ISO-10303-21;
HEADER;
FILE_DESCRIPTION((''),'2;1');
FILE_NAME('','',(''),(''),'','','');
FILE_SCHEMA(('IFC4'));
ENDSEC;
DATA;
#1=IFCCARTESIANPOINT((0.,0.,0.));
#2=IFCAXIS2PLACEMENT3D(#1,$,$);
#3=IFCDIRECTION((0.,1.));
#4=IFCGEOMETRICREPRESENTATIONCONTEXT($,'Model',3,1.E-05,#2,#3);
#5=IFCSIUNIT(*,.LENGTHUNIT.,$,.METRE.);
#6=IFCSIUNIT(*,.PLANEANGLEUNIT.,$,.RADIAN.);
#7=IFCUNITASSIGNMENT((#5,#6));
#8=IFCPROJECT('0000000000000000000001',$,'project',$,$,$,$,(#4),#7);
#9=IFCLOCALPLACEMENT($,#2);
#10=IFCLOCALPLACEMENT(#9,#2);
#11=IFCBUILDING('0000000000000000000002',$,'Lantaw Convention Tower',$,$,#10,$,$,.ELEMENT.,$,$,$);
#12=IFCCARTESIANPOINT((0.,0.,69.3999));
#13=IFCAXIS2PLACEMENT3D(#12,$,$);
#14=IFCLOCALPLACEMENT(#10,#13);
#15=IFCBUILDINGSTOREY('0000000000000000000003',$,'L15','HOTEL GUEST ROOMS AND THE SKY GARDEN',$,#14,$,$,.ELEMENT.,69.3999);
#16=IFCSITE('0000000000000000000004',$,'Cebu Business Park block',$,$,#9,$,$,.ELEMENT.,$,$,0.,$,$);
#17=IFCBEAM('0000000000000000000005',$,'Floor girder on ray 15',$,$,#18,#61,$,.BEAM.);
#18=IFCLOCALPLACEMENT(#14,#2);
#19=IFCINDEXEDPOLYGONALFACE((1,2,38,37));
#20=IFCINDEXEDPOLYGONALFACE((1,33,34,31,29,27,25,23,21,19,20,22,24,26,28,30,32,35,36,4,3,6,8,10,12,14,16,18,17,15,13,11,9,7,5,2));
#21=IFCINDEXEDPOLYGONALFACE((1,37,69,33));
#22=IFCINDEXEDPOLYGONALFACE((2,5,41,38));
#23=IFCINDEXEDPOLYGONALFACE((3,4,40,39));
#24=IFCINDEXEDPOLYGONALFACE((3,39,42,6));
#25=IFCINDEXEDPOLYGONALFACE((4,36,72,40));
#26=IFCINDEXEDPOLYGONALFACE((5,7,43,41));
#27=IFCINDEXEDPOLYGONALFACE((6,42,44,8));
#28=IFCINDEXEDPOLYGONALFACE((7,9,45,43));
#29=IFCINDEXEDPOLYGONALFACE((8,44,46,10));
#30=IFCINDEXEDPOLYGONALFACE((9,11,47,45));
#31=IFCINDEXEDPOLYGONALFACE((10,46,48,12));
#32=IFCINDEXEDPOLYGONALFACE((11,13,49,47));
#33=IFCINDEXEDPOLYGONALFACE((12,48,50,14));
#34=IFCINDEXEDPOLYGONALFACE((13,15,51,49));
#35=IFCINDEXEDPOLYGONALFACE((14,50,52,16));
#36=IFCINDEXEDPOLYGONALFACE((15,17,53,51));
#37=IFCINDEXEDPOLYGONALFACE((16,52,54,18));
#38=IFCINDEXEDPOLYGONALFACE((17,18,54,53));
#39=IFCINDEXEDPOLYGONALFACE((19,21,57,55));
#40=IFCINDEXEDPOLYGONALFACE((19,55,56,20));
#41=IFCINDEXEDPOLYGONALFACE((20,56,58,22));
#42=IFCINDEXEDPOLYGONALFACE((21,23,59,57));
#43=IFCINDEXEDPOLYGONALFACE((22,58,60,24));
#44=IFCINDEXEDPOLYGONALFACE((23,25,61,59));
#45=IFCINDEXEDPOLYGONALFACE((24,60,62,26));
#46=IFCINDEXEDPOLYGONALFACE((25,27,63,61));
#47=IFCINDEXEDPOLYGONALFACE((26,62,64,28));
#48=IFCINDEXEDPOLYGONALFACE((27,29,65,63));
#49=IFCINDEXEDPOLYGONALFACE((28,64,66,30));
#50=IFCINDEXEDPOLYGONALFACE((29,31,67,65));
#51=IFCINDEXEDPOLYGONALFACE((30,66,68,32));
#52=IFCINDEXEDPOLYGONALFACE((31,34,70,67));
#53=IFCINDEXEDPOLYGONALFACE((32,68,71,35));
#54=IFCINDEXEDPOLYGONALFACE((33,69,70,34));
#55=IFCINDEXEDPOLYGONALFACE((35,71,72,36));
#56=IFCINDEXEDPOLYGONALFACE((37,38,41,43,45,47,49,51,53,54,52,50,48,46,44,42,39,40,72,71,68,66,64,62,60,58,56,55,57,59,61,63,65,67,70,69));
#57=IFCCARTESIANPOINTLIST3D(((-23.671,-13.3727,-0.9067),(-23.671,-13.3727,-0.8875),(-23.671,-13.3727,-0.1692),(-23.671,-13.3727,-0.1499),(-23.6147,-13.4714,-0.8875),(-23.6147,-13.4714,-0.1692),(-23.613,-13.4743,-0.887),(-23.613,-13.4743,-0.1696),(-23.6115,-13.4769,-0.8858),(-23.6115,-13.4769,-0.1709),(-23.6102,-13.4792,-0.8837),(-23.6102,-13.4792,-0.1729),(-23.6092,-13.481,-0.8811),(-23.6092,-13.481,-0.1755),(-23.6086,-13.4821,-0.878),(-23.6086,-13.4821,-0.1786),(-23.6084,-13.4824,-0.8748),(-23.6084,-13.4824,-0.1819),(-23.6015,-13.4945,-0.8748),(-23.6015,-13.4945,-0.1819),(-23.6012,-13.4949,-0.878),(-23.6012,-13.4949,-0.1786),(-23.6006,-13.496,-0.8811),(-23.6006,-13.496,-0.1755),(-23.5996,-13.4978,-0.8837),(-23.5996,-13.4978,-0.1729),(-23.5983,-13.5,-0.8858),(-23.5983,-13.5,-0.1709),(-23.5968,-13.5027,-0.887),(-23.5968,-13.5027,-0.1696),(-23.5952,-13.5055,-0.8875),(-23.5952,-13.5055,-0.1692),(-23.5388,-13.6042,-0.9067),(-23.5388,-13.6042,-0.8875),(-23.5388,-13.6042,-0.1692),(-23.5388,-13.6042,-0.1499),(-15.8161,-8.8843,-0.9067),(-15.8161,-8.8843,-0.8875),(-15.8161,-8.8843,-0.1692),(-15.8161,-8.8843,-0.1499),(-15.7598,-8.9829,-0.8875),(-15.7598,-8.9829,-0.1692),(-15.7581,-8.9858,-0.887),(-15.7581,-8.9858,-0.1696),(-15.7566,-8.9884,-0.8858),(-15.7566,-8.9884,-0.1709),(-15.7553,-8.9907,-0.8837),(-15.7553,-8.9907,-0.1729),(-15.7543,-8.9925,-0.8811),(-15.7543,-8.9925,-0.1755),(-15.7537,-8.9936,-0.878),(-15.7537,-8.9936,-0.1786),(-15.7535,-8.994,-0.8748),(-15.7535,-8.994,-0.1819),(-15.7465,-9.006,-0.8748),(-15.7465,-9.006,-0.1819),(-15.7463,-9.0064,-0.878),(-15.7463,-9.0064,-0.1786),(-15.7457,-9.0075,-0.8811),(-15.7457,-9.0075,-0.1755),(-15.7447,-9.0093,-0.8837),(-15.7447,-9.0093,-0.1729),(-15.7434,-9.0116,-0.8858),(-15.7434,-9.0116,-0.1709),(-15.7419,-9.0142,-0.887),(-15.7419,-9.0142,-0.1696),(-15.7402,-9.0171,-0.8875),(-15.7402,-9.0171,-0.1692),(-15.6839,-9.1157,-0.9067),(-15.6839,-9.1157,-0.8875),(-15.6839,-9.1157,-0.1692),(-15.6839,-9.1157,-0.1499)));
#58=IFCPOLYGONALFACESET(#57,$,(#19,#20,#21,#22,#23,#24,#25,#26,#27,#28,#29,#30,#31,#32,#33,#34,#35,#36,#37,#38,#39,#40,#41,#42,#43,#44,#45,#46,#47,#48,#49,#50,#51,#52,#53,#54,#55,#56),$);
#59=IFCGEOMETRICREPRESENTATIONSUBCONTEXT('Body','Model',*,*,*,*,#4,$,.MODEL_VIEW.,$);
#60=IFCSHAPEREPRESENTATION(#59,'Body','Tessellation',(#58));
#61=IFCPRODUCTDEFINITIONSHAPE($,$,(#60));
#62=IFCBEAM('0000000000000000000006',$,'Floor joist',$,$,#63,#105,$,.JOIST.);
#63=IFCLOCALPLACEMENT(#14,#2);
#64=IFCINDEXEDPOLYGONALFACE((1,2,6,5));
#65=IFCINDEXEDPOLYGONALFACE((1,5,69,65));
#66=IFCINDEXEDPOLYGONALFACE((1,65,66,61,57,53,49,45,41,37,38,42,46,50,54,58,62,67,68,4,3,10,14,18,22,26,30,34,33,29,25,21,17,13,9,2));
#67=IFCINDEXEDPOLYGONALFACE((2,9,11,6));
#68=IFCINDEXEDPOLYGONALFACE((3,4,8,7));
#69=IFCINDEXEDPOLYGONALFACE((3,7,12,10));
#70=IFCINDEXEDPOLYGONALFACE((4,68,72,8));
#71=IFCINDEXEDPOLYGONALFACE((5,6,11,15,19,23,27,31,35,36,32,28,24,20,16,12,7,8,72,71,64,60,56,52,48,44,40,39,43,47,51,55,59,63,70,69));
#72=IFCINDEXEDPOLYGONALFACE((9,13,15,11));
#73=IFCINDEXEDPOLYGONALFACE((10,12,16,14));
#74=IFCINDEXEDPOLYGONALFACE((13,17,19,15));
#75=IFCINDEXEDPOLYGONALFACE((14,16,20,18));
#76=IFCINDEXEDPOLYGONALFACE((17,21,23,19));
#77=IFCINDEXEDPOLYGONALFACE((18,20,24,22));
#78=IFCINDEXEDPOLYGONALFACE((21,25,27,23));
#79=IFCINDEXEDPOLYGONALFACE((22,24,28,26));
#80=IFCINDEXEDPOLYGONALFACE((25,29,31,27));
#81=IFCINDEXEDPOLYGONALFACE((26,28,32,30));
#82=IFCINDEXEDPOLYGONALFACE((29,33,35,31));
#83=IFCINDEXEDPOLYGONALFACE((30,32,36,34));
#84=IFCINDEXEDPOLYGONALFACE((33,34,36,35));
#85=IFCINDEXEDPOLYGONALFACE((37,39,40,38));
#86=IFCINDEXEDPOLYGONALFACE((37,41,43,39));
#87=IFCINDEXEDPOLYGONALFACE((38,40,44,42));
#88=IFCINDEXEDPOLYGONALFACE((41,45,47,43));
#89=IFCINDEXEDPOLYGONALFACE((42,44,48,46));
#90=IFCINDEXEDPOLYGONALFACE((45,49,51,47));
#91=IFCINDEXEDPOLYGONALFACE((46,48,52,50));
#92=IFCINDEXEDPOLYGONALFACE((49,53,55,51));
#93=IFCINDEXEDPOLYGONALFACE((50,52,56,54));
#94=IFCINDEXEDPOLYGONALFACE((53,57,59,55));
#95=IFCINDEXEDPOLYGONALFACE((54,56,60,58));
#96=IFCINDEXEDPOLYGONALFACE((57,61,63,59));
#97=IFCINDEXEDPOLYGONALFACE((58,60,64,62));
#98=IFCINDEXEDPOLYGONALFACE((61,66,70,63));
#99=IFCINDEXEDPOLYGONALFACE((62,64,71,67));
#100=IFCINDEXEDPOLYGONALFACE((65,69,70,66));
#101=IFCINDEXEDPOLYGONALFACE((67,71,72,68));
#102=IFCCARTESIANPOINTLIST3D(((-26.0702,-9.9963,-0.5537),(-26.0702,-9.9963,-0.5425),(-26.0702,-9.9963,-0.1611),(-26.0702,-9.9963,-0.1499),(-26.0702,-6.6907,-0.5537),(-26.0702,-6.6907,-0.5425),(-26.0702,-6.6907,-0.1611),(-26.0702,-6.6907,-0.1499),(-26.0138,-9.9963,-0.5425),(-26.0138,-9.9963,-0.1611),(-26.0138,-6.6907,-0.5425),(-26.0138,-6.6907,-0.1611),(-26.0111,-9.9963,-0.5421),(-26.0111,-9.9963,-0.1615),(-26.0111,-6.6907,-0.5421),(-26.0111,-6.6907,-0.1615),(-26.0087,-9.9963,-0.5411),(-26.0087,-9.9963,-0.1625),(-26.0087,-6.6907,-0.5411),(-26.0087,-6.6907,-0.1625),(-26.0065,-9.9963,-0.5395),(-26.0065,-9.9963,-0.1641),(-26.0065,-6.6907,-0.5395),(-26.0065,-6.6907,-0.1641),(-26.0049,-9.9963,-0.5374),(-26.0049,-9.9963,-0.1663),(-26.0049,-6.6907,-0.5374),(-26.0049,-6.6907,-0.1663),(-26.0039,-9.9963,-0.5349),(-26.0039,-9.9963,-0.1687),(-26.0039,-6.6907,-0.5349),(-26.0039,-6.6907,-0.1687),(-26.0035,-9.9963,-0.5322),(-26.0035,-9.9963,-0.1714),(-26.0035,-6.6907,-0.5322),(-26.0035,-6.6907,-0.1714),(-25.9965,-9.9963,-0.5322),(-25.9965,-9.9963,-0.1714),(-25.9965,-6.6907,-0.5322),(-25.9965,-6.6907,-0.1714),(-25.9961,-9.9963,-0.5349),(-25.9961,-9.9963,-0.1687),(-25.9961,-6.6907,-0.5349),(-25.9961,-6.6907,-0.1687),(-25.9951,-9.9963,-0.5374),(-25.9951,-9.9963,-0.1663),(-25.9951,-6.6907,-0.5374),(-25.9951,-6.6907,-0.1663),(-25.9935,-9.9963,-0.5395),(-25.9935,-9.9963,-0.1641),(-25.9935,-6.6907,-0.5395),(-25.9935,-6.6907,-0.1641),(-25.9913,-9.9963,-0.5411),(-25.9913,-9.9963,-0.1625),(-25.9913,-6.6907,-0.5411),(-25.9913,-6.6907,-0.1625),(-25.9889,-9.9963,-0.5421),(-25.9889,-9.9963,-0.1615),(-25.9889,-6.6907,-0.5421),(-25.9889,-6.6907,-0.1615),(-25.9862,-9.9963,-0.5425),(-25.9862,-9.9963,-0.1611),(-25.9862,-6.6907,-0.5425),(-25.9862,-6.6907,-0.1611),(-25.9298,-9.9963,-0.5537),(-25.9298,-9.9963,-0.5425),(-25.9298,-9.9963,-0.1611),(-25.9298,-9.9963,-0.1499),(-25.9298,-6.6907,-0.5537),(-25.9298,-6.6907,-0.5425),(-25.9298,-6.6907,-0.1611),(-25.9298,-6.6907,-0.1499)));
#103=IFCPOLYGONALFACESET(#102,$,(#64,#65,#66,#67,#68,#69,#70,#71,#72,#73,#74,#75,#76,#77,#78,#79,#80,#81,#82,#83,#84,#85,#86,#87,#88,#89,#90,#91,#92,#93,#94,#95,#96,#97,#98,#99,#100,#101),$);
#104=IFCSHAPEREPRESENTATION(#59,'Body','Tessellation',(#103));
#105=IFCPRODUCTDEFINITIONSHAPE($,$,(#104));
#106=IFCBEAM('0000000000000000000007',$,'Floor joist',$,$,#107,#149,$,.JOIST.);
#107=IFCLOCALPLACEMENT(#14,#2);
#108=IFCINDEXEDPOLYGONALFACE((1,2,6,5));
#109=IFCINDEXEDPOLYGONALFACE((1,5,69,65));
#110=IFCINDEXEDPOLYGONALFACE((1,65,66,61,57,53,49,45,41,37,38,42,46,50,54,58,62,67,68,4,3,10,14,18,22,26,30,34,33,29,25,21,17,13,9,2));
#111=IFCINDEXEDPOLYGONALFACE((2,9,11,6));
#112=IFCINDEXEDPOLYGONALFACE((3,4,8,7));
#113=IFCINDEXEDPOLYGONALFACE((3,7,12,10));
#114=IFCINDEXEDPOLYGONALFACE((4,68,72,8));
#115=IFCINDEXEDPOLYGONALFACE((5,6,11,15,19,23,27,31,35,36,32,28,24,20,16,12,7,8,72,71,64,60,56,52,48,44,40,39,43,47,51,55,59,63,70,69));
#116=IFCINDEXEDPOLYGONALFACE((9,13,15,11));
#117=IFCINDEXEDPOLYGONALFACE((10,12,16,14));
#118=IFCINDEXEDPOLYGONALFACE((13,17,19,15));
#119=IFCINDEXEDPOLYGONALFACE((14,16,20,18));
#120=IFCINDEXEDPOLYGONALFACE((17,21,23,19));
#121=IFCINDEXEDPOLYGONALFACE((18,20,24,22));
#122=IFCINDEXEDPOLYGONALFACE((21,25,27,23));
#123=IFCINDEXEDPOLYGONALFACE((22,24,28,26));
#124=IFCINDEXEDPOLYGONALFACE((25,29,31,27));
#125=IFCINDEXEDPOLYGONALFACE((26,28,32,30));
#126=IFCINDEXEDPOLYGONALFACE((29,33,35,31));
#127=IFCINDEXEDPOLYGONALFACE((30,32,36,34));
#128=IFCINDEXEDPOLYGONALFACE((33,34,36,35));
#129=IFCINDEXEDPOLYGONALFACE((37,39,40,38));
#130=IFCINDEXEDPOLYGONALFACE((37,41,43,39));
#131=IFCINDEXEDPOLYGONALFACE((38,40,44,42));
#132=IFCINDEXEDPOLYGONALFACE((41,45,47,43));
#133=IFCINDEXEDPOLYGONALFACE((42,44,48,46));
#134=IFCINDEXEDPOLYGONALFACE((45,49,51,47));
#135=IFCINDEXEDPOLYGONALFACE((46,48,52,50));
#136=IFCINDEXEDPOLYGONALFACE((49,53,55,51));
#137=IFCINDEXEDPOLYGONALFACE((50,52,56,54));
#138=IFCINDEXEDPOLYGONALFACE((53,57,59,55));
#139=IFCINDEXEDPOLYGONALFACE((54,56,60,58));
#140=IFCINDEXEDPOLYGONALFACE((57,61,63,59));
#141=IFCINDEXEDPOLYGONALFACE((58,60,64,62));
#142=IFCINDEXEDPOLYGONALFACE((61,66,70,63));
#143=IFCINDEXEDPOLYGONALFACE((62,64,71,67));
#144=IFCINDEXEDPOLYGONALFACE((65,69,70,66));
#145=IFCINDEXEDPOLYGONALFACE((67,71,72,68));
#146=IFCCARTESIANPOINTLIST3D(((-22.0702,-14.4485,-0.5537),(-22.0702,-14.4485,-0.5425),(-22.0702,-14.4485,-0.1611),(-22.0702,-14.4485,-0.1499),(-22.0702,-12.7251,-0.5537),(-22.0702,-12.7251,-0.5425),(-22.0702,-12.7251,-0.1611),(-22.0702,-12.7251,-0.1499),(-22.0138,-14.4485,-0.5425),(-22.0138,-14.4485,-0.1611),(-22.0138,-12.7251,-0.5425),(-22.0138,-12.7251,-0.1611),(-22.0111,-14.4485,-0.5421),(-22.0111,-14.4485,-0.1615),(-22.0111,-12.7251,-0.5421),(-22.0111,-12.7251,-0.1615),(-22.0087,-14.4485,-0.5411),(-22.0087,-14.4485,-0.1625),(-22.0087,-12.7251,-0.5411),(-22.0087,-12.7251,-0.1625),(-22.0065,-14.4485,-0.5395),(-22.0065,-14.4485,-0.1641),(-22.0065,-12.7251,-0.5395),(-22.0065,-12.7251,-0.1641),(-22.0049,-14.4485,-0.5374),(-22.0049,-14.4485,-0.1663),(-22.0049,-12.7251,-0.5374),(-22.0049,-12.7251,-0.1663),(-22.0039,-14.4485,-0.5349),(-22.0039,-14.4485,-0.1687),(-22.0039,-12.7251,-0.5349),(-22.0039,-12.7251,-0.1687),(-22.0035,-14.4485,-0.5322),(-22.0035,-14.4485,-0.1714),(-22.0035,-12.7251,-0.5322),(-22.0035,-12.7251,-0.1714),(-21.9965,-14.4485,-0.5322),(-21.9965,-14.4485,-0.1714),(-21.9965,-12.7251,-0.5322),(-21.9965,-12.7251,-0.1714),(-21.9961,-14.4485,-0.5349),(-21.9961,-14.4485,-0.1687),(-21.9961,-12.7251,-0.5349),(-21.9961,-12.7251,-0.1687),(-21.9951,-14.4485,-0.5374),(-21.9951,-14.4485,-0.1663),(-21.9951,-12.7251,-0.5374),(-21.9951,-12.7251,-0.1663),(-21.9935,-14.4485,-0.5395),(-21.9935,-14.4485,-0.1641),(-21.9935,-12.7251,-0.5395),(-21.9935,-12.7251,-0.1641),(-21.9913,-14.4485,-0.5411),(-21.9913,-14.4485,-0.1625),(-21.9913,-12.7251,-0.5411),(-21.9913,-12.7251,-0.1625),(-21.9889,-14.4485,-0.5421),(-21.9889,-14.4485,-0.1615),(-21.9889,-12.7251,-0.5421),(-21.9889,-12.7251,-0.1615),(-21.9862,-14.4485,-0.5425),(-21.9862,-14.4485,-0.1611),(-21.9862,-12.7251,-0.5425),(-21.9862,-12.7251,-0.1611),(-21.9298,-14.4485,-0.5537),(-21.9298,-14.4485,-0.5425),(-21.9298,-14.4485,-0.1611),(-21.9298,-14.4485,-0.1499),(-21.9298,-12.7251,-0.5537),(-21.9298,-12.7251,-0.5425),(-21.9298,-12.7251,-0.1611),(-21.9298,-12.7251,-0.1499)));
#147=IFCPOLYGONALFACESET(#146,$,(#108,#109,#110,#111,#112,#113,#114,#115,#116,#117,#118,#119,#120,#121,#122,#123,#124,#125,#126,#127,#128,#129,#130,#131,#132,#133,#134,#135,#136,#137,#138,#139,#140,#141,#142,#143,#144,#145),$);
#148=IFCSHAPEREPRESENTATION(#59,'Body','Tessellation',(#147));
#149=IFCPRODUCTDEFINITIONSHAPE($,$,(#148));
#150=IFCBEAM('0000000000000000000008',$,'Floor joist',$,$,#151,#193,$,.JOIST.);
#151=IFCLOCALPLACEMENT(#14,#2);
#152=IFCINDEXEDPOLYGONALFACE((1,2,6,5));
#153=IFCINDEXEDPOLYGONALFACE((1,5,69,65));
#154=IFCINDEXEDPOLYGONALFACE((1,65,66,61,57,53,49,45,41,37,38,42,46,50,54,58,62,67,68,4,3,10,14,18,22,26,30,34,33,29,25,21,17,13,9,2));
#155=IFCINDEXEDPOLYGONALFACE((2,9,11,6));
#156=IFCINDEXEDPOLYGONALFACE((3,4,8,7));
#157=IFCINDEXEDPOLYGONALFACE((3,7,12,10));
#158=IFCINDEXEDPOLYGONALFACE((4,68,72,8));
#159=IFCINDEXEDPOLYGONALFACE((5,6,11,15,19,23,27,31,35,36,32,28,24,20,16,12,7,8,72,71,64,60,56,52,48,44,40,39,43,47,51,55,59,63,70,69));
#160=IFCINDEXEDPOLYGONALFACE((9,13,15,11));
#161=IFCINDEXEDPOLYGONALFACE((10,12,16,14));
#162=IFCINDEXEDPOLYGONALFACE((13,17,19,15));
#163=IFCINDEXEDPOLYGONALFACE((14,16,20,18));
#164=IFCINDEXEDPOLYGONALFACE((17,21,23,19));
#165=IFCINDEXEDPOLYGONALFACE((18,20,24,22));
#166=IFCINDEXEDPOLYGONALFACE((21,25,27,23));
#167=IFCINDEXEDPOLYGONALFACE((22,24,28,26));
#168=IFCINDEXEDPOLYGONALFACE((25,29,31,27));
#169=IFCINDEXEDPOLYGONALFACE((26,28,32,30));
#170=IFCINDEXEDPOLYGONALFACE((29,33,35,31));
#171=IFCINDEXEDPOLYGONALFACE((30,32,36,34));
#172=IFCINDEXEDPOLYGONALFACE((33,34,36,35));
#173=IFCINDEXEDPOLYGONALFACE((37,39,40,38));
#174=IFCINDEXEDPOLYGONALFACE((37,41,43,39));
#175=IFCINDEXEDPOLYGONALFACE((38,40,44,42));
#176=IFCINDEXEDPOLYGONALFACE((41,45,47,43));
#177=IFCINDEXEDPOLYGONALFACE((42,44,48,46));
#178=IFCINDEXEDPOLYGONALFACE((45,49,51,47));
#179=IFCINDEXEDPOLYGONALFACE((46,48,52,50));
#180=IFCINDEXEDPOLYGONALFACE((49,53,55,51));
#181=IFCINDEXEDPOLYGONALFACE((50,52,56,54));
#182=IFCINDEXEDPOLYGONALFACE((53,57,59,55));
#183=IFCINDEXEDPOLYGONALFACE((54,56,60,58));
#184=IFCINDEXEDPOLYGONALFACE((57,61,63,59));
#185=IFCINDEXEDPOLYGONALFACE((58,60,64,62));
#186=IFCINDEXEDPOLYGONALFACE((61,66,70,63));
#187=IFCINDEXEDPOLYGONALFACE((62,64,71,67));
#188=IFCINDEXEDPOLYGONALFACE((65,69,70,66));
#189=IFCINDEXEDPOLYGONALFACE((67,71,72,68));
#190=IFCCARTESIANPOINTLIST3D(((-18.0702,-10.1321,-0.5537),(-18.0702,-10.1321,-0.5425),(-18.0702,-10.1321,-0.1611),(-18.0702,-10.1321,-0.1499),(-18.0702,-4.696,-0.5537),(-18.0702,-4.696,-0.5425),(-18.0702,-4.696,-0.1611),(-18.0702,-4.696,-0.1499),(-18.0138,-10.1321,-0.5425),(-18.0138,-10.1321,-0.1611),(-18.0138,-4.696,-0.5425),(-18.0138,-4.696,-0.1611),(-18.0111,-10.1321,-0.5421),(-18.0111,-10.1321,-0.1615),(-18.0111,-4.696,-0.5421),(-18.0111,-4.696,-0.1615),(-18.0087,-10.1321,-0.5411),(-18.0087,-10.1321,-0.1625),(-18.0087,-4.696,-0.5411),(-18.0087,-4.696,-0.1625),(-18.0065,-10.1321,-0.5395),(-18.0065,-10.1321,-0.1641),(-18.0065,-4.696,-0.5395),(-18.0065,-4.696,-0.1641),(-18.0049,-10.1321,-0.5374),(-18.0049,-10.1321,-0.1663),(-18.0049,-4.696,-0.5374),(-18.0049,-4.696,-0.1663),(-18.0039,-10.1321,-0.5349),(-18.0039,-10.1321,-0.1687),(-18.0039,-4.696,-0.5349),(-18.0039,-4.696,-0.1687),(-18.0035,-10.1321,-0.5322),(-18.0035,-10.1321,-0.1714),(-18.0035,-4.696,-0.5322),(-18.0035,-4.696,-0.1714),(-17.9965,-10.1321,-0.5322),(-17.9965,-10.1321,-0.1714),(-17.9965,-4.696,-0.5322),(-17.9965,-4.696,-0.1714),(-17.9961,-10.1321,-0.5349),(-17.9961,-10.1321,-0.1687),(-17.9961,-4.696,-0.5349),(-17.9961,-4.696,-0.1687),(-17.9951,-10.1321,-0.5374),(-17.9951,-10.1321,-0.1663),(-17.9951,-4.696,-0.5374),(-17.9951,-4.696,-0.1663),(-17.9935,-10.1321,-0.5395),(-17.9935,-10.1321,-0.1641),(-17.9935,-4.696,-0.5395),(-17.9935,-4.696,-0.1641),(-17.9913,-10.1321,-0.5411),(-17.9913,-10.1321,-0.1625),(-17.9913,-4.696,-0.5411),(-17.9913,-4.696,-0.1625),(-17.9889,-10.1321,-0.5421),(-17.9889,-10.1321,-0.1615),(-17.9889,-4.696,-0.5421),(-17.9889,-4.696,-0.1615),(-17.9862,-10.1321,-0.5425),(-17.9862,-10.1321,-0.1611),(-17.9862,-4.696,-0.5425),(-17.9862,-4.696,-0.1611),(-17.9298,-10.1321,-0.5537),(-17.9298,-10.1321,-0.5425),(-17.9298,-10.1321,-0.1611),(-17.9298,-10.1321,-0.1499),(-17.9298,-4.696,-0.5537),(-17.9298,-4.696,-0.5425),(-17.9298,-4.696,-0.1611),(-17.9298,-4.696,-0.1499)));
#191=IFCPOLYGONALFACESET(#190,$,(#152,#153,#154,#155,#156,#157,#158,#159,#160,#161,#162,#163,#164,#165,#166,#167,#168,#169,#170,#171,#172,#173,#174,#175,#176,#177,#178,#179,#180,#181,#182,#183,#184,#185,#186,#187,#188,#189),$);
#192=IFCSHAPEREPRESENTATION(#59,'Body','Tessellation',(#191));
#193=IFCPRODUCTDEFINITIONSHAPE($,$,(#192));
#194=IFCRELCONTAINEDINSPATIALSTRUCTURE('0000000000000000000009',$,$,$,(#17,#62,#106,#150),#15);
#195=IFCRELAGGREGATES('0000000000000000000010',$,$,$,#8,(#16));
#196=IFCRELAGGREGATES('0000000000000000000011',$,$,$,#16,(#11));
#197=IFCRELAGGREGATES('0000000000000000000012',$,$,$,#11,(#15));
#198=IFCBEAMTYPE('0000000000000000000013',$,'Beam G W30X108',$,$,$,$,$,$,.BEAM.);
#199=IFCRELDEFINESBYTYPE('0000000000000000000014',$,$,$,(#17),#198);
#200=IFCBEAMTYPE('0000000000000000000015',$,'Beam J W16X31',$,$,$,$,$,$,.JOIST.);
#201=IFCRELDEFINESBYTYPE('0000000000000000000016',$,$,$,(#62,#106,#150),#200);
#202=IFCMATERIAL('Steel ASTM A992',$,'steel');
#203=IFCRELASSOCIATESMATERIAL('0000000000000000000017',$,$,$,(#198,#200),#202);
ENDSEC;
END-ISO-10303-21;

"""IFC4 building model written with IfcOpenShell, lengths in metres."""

from ifc_helpers import new_model, si_unit, direction, frame, origin, origin_2d, place, context, subcontext, project, spatial, i_section, extrude, material, material_profile, profile_set, type_object, element, save


model = new_model("IFC4")

# Units and contexts
model_context = context("Model", 3, precision=1e-05, world=origin(), true_north=direction((0.0, 1.0)))
body_context = subcontext(model_context, "Body", "Model", "MODEL_VIEW")
ifc_project = project(units=[si_unit("LENGTHUNIT", "METRE"), si_unit("PLANEANGLEUNIT", "RADIAN")], contexts=[model_context])

# Site, building, storey
site_placement = place(None, origin())
site = spatial("IfcSite", under=ifc_project, at=site_placement, Name="Cebu Business Park block", CompositionType="ELEMENT", RefElevation=0.0)
building_placement = place(site_placement, origin())
building = spatial("IfcBuilding", under=site, at=building_placement, Name="Lantaw Convention Tower", CompositionType="ELEMENT")
storey_placement = place(building_placement, frame((0.0, 0.0, 69.3999)))
storey = spatial("IfcBuildingStorey", under=building, at=storey_placement, Name="L15", Description="HOTEL GUEST ROOMS AND THE SKY GARDEN", CompositionType="ELEMENT", Elevation=69.3999)

# Beams
ifc_material_1 = material(Name="Steel ASTM A992", Category="steel")
ifc_material_profile_1 = material_profile(ifc_material_1, i_section(OverallWidth=0.2666, OverallDepth=0.7568, WebThickness=0.0139, FlangeThickness=0.0193, FilletRadius=0.0127, at=origin_2d()), Name="W30X108")
ifc_profile_set_1 = profile_set([ifc_material_profile_1], Name="Steel ASTM A992")
beam_type_1 = type_object("IfcBeamType", Name="Beam G W30X108", PredefinedType="BEAM", material=ifc_profile_set_1)
beam_1_placement = place(storey_placement, frame((-15.75, -9.0, -0.5283), z_axis=(-0.868245, -0.496136, 0.0), x_axis=(0.496136, -0.868245, 0.0)))
element("IfcBeam", 1, at=beam_1_placement, inside=storey, type_object=beam_type_1, Name="Floor girder on ray 15", PredefinedType="BEAM", context=body_context, shape_type="SweptSolid", body=[
    extrude(i_section(OverallWidth=0.2666, OverallDepth=0.7568, WebThickness=0.0139, FlangeThickness=0.0193, FilletRadius=0.0127, at=origin_2d()), origin(), (0.0, 0.0, 1.0), 9.0469),
])
ifc_material_profile_2 = material_profile(ifc_material_1, i_section(OverallWidth=0.1404, OverallDepth=0.4038, WebThickness=0.0071, FlangeThickness=0.0112, FilletRadius=0.0103, at=origin_2d()), Name="W16X31")
ifc_profile_set_2 = profile_set([ifc_material_profile_2], Name="Steel ASTM A992")
beam_type_2 = type_object("IfcBeamType", Name="Beam J W16X31", PredefinedType="JOIST", material=ifc_profile_set_2)
beam_2_placement = place(storey_placement, frame((-26.0, -9.9963, -0.3518), z_axis=(0.0, 1.0, 0.0), x_axis=(-1.0, 0.0, 0.0)))
element("IfcBeam", 2, at=beam_2_placement, inside=storey, type_object=beam_type_2, Name="Floor joist", PredefinedType="JOIST", context=body_context, shape_type="SweptSolid", body=[
    extrude(i_section(OverallWidth=0.1404, OverallDepth=0.4038, WebThickness=0.0071, FlangeThickness=0.0112, FilletRadius=0.0103, at=origin_2d()), origin(), (0.0, 0.0, 1.0), 3.3057),
])
beam_3_placement = place(storey_placement, frame((-22.0, -14.4485, -0.3518), z_axis=(0.0, 1.0, 0.0), x_axis=(-1.0, 0.0, 0.0)))
element("IfcBeam", 3, at=beam_3_placement, inside=storey, type_object=beam_type_2, Name="Floor joist", PredefinedType="JOIST", context=body_context, shape_type="SweptSolid", body=[
    extrude(i_section(OverallWidth=0.1404, OverallDepth=0.4038, WebThickness=0.0071, FlangeThickness=0.0112, FilletRadius=0.0103, at=origin_2d()), origin(), (0.0, 0.0, 1.0), 1.7234),
])
beam_4_placement = place(storey_placement, frame((-18.0, -10.1321, -0.3518), z_axis=(0.0, 1.0, 0.0), x_axis=(-1.0, 0.0, 0.0)))
element("IfcBeam", 4, at=beam_4_placement, inside=storey, type_object=beam_type_2, Name="Floor joist", PredefinedType="JOIST", context=body_context, shape_type="SweptSolid", body=[
    extrude(i_section(OverallWidth=0.1404, OverallDepth=0.4038, WebThickness=0.0071, FlangeThickness=0.0112, FilletRadius=0.0103, at=origin_2d()), origin(), (0.0, 0.0, 1.0), 5.436),
])

save(model, "model.ifc")
